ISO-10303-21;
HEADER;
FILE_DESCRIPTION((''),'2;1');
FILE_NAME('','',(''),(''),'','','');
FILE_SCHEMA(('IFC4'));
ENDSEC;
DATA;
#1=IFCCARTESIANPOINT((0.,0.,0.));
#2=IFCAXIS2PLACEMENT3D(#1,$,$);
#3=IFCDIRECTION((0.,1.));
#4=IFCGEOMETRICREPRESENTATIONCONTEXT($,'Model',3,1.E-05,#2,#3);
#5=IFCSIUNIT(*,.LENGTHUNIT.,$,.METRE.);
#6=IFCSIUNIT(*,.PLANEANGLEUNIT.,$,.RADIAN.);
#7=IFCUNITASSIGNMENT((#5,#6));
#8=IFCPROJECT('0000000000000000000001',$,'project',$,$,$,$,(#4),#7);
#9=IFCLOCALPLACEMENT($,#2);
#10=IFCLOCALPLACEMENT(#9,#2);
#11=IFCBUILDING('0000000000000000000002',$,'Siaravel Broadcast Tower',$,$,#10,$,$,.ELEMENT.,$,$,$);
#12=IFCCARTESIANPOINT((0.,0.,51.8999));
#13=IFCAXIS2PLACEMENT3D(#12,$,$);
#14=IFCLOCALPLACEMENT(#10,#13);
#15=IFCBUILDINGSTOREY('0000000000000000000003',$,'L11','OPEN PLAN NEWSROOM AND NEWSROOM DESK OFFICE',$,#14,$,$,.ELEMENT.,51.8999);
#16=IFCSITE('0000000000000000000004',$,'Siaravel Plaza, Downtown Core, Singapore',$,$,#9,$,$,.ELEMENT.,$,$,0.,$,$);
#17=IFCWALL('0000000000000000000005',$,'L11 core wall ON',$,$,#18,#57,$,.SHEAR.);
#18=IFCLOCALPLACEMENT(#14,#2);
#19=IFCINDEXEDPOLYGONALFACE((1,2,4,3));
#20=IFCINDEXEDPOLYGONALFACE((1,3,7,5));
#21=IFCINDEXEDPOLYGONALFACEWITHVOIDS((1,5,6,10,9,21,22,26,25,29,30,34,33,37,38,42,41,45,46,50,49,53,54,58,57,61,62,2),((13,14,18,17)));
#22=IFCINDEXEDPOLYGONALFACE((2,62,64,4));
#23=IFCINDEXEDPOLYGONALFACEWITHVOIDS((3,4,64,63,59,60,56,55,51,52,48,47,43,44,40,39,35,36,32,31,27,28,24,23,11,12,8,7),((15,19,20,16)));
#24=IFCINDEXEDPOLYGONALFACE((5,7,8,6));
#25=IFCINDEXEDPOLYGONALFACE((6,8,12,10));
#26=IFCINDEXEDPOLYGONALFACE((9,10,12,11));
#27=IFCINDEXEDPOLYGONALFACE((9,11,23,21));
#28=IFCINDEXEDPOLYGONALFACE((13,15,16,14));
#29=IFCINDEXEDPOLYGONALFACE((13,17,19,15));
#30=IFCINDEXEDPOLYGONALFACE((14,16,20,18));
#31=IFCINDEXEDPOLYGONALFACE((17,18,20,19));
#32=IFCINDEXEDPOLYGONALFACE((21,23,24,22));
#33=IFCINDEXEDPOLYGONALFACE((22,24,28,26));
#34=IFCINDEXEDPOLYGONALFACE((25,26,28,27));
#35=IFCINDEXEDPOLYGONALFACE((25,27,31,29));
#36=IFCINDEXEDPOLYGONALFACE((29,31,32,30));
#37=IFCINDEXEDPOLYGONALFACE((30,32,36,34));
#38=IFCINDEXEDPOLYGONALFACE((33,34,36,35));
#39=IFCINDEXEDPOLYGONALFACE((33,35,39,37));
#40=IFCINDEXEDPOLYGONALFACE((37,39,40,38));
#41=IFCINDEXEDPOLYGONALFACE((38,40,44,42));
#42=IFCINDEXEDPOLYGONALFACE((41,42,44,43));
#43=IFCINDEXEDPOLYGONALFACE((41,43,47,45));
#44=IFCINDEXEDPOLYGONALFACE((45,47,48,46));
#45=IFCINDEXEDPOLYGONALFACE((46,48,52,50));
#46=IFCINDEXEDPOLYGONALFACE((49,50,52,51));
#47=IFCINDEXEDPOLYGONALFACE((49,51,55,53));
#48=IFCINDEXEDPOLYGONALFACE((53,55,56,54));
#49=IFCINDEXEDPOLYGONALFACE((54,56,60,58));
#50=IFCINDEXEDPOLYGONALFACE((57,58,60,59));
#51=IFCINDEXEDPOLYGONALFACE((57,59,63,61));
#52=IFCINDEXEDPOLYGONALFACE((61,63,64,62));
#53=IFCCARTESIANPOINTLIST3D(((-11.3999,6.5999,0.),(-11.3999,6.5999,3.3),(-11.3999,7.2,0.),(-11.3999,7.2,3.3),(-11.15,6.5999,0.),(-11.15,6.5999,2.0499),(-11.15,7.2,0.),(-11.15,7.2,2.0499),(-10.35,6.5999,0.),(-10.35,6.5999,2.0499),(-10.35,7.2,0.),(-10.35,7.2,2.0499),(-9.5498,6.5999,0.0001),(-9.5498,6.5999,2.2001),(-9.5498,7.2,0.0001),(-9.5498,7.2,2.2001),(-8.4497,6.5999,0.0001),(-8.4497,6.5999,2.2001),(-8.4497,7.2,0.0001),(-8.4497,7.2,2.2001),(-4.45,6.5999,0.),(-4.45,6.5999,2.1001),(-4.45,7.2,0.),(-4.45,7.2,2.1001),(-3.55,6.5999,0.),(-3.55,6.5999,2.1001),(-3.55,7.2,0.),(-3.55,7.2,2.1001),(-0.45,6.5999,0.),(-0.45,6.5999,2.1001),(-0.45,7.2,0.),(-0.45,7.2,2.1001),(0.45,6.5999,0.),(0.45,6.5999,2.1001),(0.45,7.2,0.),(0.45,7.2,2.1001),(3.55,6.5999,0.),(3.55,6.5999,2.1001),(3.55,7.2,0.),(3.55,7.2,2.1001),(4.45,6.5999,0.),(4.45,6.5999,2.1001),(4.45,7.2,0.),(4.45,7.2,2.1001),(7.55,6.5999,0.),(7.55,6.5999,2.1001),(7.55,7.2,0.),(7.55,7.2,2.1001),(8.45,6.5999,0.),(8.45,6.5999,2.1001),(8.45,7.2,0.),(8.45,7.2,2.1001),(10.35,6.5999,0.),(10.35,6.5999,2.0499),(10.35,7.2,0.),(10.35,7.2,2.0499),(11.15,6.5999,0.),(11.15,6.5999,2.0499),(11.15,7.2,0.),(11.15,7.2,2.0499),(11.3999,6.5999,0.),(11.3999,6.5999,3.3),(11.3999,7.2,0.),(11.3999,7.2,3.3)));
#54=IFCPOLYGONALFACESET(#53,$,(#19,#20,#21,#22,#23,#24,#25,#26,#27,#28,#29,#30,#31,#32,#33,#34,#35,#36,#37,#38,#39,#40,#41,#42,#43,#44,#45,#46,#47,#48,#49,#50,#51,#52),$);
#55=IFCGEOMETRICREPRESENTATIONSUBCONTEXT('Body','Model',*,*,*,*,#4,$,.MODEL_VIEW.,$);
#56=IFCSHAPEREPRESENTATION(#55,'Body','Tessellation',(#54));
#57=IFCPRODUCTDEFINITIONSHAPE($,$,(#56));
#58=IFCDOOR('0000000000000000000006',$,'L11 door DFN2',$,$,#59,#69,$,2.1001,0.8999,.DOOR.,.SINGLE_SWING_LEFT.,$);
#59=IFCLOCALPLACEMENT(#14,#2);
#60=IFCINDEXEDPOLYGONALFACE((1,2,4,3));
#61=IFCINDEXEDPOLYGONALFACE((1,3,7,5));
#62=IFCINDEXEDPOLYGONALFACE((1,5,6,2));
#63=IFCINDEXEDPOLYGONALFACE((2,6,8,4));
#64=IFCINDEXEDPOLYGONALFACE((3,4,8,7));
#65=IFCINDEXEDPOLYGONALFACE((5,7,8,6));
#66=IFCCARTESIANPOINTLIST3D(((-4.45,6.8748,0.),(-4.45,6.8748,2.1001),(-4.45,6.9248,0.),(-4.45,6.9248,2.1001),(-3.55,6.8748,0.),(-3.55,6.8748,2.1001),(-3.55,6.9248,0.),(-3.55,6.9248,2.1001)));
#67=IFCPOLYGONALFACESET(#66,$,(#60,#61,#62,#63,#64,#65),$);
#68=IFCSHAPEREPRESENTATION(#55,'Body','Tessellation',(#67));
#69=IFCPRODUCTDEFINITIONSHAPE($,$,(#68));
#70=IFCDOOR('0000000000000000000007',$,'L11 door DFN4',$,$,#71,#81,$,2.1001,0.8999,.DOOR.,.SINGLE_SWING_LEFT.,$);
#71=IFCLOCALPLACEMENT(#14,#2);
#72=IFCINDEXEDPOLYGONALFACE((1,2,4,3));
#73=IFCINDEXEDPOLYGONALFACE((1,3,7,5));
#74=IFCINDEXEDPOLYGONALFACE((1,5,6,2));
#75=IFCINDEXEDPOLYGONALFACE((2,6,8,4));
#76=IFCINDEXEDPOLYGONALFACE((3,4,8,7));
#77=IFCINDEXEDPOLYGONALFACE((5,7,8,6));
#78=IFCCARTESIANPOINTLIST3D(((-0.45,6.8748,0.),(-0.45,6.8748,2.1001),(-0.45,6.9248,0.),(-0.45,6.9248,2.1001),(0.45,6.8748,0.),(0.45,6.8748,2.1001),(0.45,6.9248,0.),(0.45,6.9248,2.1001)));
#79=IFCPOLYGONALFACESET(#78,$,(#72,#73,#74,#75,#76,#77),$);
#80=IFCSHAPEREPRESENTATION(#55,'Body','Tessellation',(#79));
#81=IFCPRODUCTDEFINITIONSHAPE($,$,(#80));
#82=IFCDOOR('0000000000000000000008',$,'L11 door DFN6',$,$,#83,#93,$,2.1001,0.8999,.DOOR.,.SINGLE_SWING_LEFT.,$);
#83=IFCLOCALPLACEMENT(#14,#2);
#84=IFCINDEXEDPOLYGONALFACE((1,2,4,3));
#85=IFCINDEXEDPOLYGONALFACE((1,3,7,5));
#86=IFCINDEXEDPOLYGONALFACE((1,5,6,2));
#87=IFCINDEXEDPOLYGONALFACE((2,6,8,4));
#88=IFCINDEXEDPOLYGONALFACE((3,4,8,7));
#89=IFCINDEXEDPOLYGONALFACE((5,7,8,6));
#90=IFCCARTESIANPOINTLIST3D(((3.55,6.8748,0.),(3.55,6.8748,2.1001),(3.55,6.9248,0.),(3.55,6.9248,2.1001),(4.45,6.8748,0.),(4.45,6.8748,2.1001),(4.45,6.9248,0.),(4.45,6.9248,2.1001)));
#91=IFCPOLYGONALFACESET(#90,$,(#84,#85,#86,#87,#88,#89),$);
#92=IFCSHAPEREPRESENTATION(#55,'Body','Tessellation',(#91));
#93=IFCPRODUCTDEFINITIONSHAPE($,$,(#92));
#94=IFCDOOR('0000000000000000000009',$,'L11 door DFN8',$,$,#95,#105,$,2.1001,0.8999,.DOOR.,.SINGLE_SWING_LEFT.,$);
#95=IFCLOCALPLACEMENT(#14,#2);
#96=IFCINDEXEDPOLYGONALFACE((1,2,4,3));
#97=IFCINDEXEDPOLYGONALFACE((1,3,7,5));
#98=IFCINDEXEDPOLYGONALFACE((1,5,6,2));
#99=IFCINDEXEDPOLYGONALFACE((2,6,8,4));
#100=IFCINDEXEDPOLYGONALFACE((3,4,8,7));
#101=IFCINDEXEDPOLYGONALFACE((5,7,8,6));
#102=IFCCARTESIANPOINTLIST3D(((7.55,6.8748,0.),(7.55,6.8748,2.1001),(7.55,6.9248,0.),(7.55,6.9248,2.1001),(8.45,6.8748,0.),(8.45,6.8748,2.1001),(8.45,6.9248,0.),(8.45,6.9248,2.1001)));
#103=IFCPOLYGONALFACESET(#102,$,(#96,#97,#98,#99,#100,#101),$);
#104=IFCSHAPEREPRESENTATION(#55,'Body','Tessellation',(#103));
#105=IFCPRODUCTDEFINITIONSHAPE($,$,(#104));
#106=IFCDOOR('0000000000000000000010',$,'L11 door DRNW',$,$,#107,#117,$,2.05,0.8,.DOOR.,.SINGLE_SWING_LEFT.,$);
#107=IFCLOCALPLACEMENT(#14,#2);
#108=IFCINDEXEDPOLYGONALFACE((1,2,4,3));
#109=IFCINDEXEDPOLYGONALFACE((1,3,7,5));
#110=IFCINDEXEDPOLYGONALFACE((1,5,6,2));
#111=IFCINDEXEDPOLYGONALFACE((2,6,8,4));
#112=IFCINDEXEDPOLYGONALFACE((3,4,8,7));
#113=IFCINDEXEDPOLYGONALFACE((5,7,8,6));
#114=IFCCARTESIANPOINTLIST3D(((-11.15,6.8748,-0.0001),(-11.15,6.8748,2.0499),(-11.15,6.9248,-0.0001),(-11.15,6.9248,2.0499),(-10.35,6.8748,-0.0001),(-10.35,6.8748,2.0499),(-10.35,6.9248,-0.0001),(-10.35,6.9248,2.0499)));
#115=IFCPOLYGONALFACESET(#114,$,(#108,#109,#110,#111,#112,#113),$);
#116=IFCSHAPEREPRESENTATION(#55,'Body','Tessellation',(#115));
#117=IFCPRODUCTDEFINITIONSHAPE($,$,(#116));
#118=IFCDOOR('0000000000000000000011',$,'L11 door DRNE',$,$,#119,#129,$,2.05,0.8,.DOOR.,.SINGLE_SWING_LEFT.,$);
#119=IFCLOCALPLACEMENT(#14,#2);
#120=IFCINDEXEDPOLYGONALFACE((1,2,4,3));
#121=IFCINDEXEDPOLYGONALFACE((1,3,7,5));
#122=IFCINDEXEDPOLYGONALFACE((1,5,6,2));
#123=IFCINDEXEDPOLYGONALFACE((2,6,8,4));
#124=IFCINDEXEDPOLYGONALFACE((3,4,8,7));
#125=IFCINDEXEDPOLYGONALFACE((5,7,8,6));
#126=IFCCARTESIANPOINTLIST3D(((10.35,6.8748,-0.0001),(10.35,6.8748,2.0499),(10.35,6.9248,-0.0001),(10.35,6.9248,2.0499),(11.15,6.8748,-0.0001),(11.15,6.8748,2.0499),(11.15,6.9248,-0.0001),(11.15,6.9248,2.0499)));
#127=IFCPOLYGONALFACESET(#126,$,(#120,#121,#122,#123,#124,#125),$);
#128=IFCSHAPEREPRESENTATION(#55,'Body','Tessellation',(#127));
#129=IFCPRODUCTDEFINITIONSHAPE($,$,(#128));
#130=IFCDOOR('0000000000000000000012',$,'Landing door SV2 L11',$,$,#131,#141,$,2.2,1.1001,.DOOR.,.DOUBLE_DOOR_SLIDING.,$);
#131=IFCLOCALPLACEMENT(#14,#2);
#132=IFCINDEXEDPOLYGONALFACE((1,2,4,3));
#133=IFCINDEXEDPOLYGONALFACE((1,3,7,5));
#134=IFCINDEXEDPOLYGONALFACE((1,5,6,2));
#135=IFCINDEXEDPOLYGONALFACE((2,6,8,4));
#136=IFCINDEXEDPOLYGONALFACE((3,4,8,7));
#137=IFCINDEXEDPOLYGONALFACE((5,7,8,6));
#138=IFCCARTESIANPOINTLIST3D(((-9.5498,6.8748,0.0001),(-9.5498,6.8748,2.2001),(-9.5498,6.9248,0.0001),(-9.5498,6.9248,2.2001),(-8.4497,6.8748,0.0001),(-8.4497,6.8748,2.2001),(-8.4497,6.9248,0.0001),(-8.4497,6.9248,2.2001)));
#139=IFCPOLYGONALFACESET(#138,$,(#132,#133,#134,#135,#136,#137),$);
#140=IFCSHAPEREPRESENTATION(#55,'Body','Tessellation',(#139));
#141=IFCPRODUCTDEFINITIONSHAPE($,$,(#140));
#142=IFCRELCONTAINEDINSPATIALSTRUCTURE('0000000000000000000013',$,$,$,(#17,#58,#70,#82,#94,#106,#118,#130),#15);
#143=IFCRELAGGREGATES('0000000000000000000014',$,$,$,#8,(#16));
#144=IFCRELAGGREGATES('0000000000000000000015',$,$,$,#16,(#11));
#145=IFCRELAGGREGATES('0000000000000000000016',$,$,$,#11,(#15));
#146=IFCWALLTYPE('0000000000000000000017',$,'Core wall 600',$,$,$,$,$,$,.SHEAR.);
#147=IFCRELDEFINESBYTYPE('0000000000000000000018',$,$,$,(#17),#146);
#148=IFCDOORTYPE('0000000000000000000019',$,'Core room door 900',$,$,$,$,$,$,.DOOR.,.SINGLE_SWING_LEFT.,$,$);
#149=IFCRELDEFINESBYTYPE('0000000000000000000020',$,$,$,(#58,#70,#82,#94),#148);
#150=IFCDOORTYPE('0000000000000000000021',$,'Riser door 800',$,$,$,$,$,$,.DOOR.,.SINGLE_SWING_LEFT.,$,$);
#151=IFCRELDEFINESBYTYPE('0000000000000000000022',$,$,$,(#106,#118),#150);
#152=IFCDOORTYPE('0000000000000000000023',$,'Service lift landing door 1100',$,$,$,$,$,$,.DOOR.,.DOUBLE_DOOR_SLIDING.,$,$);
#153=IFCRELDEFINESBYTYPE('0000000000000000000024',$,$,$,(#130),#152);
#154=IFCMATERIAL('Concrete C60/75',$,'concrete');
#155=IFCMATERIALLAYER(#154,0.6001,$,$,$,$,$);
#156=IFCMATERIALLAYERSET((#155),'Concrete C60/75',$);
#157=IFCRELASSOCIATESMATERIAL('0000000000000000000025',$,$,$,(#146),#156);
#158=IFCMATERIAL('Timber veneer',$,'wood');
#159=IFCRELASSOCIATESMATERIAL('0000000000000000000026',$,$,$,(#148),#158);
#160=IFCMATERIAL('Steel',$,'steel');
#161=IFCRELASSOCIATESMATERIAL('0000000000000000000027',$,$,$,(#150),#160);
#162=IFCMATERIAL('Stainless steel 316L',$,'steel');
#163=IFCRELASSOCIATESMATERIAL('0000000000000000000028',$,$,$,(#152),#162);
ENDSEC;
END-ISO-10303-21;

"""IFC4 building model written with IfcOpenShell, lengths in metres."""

from ifc_helpers import new_model, si_unit, direction, frame, frame_2d, origin, place, context, subcontext, project, spatial, rectangle, extrude, material, layer, layer_set, type_object, element, fill, save


model = new_model("IFC4")

# Units and contexts
model_context = context("Model", 3, precision=1e-05, world=origin(), true_north=direction((0.0, 1.0)))
body_context = subcontext(model_context, "Body", "Model", "MODEL_VIEW")
ifc_project = project(units=[si_unit("LENGTHUNIT", "METRE"), si_unit("PLANEANGLEUNIT", "RADIAN")], contexts=[model_context])

# Site, building, storey
site_placement = place(None, origin())
site = spatial("IfcSite", under=ifc_project, at=site_placement, Name="Siaravel Plaza, Downtown Core, Singapore", CompositionType="ELEMENT", RefElevation=0.0)
building_placement = place(site_placement, origin())
building = spatial("IfcBuilding", under=site, at=building_placement, Name="Siaravel Broadcast Tower", CompositionType="ELEMENT")
storey_placement = place(building_placement, frame((0.0, 0.0, 51.8999)))
storey = spatial("IfcBuildingStorey", under=building, at=storey_placement, Name="L11", Description="OPEN PLAN NEWSROOM AND NEWSROOM DESK OFFICE", CompositionType="ELEMENT", Elevation=51.8999)

# Wall, openings, doors
ifc_material_1 = material(Name="Concrete C60/75", Category="concrete")
ifc_layer_1 = layer(ifc_material_1, 0.6001)
ifc_layer_set_1 = layer_set([ifc_layer_1], Name="Concrete C60/75")
wall_type_1 = type_object("IfcWallType", Name="Core wall 600", PredefinedType="SHEAR", material=ifc_layer_set_1)
wall_1_placement = place(storey_placement, frame((-11.3999, 6.8999, 0.0), z_axis=(0.0, 0.0, 1.0), x_axis=(1.0, 0.0, 0.0)))
wall_1 = element("IfcWall", 1, at=wall_1_placement, inside=storey, type_object=wall_type_1, Name="L11 core wall ON", PredefinedType="SHEAR", context=body_context, shape_type="SweptSolid", body=[
    extrude(rectangle(XDim=22.7998, YDim=0.6001, at=frame_2d((11.3999, 0.0))), origin(), (0.0, 0.0, 1.0), 3.3),
])
opening_1_placement = place(wall_1_placement, frame((1.8501, 0.0, 0.0)))
opening_1 = element("IfcOpeningElement", 2, at=opening_1_placement, cuts=wall_1, PredefinedType="OPENING", context=body_context, shape_type="SweptSolid", body=[
    extrude(rectangle(XDim=1.1001, YDim=2.2, at=frame_2d((0.55, 1.1001))), frame((0.0, 0.3101, 0.0), z_axis=(0.0, -1.0, 0.0), x_axis=(1.0, 0.0, 0.0)), (0.0, 0.0, 1.0), 0.6201),
])
opening_2_placement = place(wall_1_placement, frame((6.95, 0.0, 0.0)))
opening_2 = element("IfcOpeningElement", 3, at=opening_2_placement, cuts=wall_1, PredefinedType="OPENING", context=body_context, shape_type="SweptSolid", body=[
    extrude(rectangle(XDim=0.8999, YDim=2.1001, at=frame_2d((0.45, 1.05))), frame((0.0, 0.3101, 0.0), z_axis=(0.0, -1.0, 0.0), x_axis=(1.0, 0.0, 0.0)), (0.0, 0.0, 1.0), 0.6201),
])
opening_3_placement = place(wall_1_placement, frame((10.95, 0.0, 0.0)))
opening_3 = element("IfcOpeningElement", 4, at=opening_3_placement, cuts=wall_1, PredefinedType="OPENING", context=body_context, shape_type="SweptSolid", body=[
    extrude(rectangle(XDim=0.8999, YDim=2.1001, at=frame_2d((0.45, 1.05))), frame((0.0, 0.3101, 0.0), z_axis=(0.0, -1.0, 0.0), x_axis=(1.0, 0.0, 0.0)), (0.0, 0.0, 1.0), 0.6201),
])
opening_4_placement = place(wall_1_placement, frame((14.95, 0.0, 0.0)))
opening_4 = element("IfcOpeningElement", 5, at=opening_4_placement, cuts=wall_1, PredefinedType="OPENING", context=body_context, shape_type="SweptSolid", body=[
    extrude(rectangle(XDim=0.8999, YDim=2.1001, at=frame_2d((0.45, 1.05))), frame((0.0, 0.3101, 0.0), z_axis=(0.0, -1.0, 0.0), x_axis=(1.0, 0.0, 0.0)), (0.0, 0.0, 1.0), 0.6201),
])
opening_5_placement = place(wall_1_placement, frame((18.95, 0.0, 0.0)))
opening_5 = element("IfcOpeningElement", 6, at=opening_5_placement, cuts=wall_1, PredefinedType="OPENING", context=body_context, shape_type="SweptSolid", body=[
    extrude(rectangle(XDim=0.8999, YDim=2.1001, at=frame_2d((0.45, 1.05))), frame((0.0, 0.3101, 0.0), z_axis=(0.0, -1.0, 0.0), x_axis=(1.0, 0.0, 0.0)), (0.0, 0.0, 1.0), 0.6201),
])
opening_6_placement = place(wall_1_placement, frame((0.25, 0.0, 0.0)))
opening_6 = element("IfcOpeningElement", 7, at=opening_6_placement, cuts=wall_1, PredefinedType="OPENING", context=body_context, shape_type="SweptSolid", body=[
    extrude(rectangle(XDim=0.8, YDim=2.05, at=frame_2d((0.3999, 1.0249))), frame((0.0, 0.3101, 0.0), z_axis=(0.0, -1.0, 0.0), x_axis=(1.0, 0.0, 0.0)), (0.0, 0.0, 1.0), 0.6201),
])
opening_7_placement = place(wall_1_placement, frame((21.75, 0.0, 0.0)))
opening_7 = element("IfcOpeningElement", 8, at=opening_7_placement, cuts=wall_1, PredefinedType="OPENING", context=body_context, shape_type="SweptSolid", body=[
    extrude(rectangle(XDim=0.8, YDim=2.05, at=frame_2d((0.3999, 1.0249))), frame((0.0, 0.3101, 0.0), z_axis=(0.0, -1.0, 0.0), x_axis=(1.0, 0.0, 0.0)), (0.0, 0.0, 1.0), 0.6201),
])
ifc_material_2 = material(Name="Timber veneer", Category="wood")
door_type_1 = type_object("IfcDoorType", Name="Core room door 900", OperationType="SINGLE_SWING_LEFT", PredefinedType="DOOR", material=ifc_material_2)
door_1_placement = place(opening_2_placement, origin())
door_1 = element("IfcDoor", 9, at=door_1_placement, inside=storey, type_object=door_type_1, Name="L11 door DFN2", OperationType="SINGLE_SWING_LEFT", OverallHeight=2.1001, OverallWidth=0.8999, PredefinedType="DOOR", context=body_context, shape_type="SweptSolid", body=[
    extrude(rectangle(XDim=0.8999, YDim=2.1001, at=frame_2d((0.45, 1.05))), frame((0.0, 0.0249, 0.0), z_axis=(0.0, -1.0, 0.0), x_axis=(1.0, 0.0, 0.0)), (0.0, 0.0, 1.0), 0.05),
])
fill(opening_2, door_1)
door_2_placement = place(opening_3_placement, origin())
door_2 = element("IfcDoor", 10, at=door_2_placement, inside=storey, type_object=door_type_1, Name="L11 door DFN4", OperationType="SINGLE_SWING_LEFT", OverallHeight=2.1001, OverallWidth=0.8999, PredefinedType="DOOR", context=body_context, shape_type="SweptSolid", body=[
    extrude(rectangle(XDim=0.8999, YDim=2.1001, at=frame_2d((0.45, 1.05))), frame((0.0, 0.0249, 0.0), z_axis=(0.0, -1.0, 0.0), x_axis=(1.0, 0.0, 0.0)), (0.0, 0.0, 1.0), 0.05),
])
fill(opening_3, door_2)
door_3_placement = place(opening_4_placement, origin())
door_3 = element("IfcDoor", 11, at=door_3_placement, inside=storey, type_object=door_type_1, Name="L11 door DFN6", OperationType="SINGLE_SWING_LEFT", OverallHeight=2.1001, OverallWidth=0.8999, PredefinedType="DOOR", context=body_context, shape_type="SweptSolid", body=[
    extrude(rectangle(XDim=0.8999, YDim=2.1001, at=frame_2d((0.45, 1.05))), frame((0.0, 0.0249, 0.0), z_axis=(0.0, -1.0, 0.0), x_axis=(1.0, 0.0, 0.0)), (0.0, 0.0, 1.0), 0.05),
])
fill(opening_4, door_3)
door_4_placement = place(opening_5_placement, origin())
door_4 = element("IfcDoor", 12, at=door_4_placement, inside=storey, type_object=door_type_1, Name="L11 door DFN8", OperationType="SINGLE_SWING_LEFT", OverallHeight=2.1001, OverallWidth=0.8999, PredefinedType="DOOR", context=body_context, shape_type="SweptSolid", body=[
    extrude(rectangle(XDim=0.8999, YDim=2.1001, at=frame_2d((0.45, 1.05))), frame((0.0, 0.0249, 0.0), z_axis=(0.0, -1.0, 0.0), x_axis=(1.0, 0.0, 0.0)), (0.0, 0.0, 1.0), 0.05),
])
fill(opening_5, door_4)
ifc_material_3 = material(Name="Steel", Category="steel")
door_type_2 = type_object("IfcDoorType", Name="Riser door 800", OperationType="SINGLE_SWING_LEFT", PredefinedType="DOOR", material=ifc_material_3)
door_5_placement = place(opening_6_placement, origin())
door_5 = element("IfcDoor", 13, at=door_5_placement, inside=storey, type_object=door_type_2, Name="L11 door DRNW", OperationType="SINGLE_SWING_LEFT", OverallHeight=2.05, OverallWidth=0.8, PredefinedType="DOOR", context=body_context, shape_type="SweptSolid", body=[
    extrude(rectangle(XDim=0.8, YDim=2.05, at=frame_2d((0.3999, 1.0249))), frame((0.0, 0.0249, 0.0), z_axis=(0.0, -1.0, 0.0), x_axis=(1.0, 0.0, 0.0)), (0.0, 0.0, 1.0), 0.05),
])
fill(opening_6, door_5)
door_6_placement = place(opening_7_placement, origin())
door_6 = element("IfcDoor", 14, at=door_6_placement, inside=storey, type_object=door_type_2, Name="L11 door DRNE", OperationType="SINGLE_SWING_LEFT", OverallHeight=2.05, OverallWidth=0.8, PredefinedType="DOOR", context=body_context, shape_type="SweptSolid", body=[
    extrude(rectangle(XDim=0.8, YDim=2.05, at=frame_2d((0.3999, 1.0249))), frame((0.0, 0.0249, 0.0), z_axis=(0.0, -1.0, 0.0), x_axis=(1.0, 0.0, 0.0)), (0.0, 0.0, 1.0), 0.05),
])
fill(opening_7, door_6)
ifc_material_4 = material(Name="Stainless steel 316L", Category="steel")
door_type_3 = type_object("IfcDoorType", Name="Service lift landing door 1100", OperationType="DOUBLE_DOOR_SLIDING", PredefinedType="DOOR", material=ifc_material_4)
door_7_placement = place(opening_1_placement, origin())
door_7 = element("IfcDoor", 15, at=door_7_placement, inside=storey, type_object=door_type_3, Name="Landing door SV2 L11", OperationType="DOUBLE_DOOR_SLIDING", OverallHeight=2.2, OverallWidth=1.1001, PredefinedType="DOOR", context=body_context, shape_type="SweptSolid", body=[
    extrude(rectangle(XDim=1.1001, YDim=2.2, at=frame_2d((0.55, 1.1001))), frame((0.0, 0.0249, 0.0), z_axis=(0.0, -1.0, 0.0), x_axis=(1.0, 0.0, 0.0)), (0.0, 0.0, 1.0), 0.05),
])
fill(opening_1, door_7)

save(model, "model.ifc")
